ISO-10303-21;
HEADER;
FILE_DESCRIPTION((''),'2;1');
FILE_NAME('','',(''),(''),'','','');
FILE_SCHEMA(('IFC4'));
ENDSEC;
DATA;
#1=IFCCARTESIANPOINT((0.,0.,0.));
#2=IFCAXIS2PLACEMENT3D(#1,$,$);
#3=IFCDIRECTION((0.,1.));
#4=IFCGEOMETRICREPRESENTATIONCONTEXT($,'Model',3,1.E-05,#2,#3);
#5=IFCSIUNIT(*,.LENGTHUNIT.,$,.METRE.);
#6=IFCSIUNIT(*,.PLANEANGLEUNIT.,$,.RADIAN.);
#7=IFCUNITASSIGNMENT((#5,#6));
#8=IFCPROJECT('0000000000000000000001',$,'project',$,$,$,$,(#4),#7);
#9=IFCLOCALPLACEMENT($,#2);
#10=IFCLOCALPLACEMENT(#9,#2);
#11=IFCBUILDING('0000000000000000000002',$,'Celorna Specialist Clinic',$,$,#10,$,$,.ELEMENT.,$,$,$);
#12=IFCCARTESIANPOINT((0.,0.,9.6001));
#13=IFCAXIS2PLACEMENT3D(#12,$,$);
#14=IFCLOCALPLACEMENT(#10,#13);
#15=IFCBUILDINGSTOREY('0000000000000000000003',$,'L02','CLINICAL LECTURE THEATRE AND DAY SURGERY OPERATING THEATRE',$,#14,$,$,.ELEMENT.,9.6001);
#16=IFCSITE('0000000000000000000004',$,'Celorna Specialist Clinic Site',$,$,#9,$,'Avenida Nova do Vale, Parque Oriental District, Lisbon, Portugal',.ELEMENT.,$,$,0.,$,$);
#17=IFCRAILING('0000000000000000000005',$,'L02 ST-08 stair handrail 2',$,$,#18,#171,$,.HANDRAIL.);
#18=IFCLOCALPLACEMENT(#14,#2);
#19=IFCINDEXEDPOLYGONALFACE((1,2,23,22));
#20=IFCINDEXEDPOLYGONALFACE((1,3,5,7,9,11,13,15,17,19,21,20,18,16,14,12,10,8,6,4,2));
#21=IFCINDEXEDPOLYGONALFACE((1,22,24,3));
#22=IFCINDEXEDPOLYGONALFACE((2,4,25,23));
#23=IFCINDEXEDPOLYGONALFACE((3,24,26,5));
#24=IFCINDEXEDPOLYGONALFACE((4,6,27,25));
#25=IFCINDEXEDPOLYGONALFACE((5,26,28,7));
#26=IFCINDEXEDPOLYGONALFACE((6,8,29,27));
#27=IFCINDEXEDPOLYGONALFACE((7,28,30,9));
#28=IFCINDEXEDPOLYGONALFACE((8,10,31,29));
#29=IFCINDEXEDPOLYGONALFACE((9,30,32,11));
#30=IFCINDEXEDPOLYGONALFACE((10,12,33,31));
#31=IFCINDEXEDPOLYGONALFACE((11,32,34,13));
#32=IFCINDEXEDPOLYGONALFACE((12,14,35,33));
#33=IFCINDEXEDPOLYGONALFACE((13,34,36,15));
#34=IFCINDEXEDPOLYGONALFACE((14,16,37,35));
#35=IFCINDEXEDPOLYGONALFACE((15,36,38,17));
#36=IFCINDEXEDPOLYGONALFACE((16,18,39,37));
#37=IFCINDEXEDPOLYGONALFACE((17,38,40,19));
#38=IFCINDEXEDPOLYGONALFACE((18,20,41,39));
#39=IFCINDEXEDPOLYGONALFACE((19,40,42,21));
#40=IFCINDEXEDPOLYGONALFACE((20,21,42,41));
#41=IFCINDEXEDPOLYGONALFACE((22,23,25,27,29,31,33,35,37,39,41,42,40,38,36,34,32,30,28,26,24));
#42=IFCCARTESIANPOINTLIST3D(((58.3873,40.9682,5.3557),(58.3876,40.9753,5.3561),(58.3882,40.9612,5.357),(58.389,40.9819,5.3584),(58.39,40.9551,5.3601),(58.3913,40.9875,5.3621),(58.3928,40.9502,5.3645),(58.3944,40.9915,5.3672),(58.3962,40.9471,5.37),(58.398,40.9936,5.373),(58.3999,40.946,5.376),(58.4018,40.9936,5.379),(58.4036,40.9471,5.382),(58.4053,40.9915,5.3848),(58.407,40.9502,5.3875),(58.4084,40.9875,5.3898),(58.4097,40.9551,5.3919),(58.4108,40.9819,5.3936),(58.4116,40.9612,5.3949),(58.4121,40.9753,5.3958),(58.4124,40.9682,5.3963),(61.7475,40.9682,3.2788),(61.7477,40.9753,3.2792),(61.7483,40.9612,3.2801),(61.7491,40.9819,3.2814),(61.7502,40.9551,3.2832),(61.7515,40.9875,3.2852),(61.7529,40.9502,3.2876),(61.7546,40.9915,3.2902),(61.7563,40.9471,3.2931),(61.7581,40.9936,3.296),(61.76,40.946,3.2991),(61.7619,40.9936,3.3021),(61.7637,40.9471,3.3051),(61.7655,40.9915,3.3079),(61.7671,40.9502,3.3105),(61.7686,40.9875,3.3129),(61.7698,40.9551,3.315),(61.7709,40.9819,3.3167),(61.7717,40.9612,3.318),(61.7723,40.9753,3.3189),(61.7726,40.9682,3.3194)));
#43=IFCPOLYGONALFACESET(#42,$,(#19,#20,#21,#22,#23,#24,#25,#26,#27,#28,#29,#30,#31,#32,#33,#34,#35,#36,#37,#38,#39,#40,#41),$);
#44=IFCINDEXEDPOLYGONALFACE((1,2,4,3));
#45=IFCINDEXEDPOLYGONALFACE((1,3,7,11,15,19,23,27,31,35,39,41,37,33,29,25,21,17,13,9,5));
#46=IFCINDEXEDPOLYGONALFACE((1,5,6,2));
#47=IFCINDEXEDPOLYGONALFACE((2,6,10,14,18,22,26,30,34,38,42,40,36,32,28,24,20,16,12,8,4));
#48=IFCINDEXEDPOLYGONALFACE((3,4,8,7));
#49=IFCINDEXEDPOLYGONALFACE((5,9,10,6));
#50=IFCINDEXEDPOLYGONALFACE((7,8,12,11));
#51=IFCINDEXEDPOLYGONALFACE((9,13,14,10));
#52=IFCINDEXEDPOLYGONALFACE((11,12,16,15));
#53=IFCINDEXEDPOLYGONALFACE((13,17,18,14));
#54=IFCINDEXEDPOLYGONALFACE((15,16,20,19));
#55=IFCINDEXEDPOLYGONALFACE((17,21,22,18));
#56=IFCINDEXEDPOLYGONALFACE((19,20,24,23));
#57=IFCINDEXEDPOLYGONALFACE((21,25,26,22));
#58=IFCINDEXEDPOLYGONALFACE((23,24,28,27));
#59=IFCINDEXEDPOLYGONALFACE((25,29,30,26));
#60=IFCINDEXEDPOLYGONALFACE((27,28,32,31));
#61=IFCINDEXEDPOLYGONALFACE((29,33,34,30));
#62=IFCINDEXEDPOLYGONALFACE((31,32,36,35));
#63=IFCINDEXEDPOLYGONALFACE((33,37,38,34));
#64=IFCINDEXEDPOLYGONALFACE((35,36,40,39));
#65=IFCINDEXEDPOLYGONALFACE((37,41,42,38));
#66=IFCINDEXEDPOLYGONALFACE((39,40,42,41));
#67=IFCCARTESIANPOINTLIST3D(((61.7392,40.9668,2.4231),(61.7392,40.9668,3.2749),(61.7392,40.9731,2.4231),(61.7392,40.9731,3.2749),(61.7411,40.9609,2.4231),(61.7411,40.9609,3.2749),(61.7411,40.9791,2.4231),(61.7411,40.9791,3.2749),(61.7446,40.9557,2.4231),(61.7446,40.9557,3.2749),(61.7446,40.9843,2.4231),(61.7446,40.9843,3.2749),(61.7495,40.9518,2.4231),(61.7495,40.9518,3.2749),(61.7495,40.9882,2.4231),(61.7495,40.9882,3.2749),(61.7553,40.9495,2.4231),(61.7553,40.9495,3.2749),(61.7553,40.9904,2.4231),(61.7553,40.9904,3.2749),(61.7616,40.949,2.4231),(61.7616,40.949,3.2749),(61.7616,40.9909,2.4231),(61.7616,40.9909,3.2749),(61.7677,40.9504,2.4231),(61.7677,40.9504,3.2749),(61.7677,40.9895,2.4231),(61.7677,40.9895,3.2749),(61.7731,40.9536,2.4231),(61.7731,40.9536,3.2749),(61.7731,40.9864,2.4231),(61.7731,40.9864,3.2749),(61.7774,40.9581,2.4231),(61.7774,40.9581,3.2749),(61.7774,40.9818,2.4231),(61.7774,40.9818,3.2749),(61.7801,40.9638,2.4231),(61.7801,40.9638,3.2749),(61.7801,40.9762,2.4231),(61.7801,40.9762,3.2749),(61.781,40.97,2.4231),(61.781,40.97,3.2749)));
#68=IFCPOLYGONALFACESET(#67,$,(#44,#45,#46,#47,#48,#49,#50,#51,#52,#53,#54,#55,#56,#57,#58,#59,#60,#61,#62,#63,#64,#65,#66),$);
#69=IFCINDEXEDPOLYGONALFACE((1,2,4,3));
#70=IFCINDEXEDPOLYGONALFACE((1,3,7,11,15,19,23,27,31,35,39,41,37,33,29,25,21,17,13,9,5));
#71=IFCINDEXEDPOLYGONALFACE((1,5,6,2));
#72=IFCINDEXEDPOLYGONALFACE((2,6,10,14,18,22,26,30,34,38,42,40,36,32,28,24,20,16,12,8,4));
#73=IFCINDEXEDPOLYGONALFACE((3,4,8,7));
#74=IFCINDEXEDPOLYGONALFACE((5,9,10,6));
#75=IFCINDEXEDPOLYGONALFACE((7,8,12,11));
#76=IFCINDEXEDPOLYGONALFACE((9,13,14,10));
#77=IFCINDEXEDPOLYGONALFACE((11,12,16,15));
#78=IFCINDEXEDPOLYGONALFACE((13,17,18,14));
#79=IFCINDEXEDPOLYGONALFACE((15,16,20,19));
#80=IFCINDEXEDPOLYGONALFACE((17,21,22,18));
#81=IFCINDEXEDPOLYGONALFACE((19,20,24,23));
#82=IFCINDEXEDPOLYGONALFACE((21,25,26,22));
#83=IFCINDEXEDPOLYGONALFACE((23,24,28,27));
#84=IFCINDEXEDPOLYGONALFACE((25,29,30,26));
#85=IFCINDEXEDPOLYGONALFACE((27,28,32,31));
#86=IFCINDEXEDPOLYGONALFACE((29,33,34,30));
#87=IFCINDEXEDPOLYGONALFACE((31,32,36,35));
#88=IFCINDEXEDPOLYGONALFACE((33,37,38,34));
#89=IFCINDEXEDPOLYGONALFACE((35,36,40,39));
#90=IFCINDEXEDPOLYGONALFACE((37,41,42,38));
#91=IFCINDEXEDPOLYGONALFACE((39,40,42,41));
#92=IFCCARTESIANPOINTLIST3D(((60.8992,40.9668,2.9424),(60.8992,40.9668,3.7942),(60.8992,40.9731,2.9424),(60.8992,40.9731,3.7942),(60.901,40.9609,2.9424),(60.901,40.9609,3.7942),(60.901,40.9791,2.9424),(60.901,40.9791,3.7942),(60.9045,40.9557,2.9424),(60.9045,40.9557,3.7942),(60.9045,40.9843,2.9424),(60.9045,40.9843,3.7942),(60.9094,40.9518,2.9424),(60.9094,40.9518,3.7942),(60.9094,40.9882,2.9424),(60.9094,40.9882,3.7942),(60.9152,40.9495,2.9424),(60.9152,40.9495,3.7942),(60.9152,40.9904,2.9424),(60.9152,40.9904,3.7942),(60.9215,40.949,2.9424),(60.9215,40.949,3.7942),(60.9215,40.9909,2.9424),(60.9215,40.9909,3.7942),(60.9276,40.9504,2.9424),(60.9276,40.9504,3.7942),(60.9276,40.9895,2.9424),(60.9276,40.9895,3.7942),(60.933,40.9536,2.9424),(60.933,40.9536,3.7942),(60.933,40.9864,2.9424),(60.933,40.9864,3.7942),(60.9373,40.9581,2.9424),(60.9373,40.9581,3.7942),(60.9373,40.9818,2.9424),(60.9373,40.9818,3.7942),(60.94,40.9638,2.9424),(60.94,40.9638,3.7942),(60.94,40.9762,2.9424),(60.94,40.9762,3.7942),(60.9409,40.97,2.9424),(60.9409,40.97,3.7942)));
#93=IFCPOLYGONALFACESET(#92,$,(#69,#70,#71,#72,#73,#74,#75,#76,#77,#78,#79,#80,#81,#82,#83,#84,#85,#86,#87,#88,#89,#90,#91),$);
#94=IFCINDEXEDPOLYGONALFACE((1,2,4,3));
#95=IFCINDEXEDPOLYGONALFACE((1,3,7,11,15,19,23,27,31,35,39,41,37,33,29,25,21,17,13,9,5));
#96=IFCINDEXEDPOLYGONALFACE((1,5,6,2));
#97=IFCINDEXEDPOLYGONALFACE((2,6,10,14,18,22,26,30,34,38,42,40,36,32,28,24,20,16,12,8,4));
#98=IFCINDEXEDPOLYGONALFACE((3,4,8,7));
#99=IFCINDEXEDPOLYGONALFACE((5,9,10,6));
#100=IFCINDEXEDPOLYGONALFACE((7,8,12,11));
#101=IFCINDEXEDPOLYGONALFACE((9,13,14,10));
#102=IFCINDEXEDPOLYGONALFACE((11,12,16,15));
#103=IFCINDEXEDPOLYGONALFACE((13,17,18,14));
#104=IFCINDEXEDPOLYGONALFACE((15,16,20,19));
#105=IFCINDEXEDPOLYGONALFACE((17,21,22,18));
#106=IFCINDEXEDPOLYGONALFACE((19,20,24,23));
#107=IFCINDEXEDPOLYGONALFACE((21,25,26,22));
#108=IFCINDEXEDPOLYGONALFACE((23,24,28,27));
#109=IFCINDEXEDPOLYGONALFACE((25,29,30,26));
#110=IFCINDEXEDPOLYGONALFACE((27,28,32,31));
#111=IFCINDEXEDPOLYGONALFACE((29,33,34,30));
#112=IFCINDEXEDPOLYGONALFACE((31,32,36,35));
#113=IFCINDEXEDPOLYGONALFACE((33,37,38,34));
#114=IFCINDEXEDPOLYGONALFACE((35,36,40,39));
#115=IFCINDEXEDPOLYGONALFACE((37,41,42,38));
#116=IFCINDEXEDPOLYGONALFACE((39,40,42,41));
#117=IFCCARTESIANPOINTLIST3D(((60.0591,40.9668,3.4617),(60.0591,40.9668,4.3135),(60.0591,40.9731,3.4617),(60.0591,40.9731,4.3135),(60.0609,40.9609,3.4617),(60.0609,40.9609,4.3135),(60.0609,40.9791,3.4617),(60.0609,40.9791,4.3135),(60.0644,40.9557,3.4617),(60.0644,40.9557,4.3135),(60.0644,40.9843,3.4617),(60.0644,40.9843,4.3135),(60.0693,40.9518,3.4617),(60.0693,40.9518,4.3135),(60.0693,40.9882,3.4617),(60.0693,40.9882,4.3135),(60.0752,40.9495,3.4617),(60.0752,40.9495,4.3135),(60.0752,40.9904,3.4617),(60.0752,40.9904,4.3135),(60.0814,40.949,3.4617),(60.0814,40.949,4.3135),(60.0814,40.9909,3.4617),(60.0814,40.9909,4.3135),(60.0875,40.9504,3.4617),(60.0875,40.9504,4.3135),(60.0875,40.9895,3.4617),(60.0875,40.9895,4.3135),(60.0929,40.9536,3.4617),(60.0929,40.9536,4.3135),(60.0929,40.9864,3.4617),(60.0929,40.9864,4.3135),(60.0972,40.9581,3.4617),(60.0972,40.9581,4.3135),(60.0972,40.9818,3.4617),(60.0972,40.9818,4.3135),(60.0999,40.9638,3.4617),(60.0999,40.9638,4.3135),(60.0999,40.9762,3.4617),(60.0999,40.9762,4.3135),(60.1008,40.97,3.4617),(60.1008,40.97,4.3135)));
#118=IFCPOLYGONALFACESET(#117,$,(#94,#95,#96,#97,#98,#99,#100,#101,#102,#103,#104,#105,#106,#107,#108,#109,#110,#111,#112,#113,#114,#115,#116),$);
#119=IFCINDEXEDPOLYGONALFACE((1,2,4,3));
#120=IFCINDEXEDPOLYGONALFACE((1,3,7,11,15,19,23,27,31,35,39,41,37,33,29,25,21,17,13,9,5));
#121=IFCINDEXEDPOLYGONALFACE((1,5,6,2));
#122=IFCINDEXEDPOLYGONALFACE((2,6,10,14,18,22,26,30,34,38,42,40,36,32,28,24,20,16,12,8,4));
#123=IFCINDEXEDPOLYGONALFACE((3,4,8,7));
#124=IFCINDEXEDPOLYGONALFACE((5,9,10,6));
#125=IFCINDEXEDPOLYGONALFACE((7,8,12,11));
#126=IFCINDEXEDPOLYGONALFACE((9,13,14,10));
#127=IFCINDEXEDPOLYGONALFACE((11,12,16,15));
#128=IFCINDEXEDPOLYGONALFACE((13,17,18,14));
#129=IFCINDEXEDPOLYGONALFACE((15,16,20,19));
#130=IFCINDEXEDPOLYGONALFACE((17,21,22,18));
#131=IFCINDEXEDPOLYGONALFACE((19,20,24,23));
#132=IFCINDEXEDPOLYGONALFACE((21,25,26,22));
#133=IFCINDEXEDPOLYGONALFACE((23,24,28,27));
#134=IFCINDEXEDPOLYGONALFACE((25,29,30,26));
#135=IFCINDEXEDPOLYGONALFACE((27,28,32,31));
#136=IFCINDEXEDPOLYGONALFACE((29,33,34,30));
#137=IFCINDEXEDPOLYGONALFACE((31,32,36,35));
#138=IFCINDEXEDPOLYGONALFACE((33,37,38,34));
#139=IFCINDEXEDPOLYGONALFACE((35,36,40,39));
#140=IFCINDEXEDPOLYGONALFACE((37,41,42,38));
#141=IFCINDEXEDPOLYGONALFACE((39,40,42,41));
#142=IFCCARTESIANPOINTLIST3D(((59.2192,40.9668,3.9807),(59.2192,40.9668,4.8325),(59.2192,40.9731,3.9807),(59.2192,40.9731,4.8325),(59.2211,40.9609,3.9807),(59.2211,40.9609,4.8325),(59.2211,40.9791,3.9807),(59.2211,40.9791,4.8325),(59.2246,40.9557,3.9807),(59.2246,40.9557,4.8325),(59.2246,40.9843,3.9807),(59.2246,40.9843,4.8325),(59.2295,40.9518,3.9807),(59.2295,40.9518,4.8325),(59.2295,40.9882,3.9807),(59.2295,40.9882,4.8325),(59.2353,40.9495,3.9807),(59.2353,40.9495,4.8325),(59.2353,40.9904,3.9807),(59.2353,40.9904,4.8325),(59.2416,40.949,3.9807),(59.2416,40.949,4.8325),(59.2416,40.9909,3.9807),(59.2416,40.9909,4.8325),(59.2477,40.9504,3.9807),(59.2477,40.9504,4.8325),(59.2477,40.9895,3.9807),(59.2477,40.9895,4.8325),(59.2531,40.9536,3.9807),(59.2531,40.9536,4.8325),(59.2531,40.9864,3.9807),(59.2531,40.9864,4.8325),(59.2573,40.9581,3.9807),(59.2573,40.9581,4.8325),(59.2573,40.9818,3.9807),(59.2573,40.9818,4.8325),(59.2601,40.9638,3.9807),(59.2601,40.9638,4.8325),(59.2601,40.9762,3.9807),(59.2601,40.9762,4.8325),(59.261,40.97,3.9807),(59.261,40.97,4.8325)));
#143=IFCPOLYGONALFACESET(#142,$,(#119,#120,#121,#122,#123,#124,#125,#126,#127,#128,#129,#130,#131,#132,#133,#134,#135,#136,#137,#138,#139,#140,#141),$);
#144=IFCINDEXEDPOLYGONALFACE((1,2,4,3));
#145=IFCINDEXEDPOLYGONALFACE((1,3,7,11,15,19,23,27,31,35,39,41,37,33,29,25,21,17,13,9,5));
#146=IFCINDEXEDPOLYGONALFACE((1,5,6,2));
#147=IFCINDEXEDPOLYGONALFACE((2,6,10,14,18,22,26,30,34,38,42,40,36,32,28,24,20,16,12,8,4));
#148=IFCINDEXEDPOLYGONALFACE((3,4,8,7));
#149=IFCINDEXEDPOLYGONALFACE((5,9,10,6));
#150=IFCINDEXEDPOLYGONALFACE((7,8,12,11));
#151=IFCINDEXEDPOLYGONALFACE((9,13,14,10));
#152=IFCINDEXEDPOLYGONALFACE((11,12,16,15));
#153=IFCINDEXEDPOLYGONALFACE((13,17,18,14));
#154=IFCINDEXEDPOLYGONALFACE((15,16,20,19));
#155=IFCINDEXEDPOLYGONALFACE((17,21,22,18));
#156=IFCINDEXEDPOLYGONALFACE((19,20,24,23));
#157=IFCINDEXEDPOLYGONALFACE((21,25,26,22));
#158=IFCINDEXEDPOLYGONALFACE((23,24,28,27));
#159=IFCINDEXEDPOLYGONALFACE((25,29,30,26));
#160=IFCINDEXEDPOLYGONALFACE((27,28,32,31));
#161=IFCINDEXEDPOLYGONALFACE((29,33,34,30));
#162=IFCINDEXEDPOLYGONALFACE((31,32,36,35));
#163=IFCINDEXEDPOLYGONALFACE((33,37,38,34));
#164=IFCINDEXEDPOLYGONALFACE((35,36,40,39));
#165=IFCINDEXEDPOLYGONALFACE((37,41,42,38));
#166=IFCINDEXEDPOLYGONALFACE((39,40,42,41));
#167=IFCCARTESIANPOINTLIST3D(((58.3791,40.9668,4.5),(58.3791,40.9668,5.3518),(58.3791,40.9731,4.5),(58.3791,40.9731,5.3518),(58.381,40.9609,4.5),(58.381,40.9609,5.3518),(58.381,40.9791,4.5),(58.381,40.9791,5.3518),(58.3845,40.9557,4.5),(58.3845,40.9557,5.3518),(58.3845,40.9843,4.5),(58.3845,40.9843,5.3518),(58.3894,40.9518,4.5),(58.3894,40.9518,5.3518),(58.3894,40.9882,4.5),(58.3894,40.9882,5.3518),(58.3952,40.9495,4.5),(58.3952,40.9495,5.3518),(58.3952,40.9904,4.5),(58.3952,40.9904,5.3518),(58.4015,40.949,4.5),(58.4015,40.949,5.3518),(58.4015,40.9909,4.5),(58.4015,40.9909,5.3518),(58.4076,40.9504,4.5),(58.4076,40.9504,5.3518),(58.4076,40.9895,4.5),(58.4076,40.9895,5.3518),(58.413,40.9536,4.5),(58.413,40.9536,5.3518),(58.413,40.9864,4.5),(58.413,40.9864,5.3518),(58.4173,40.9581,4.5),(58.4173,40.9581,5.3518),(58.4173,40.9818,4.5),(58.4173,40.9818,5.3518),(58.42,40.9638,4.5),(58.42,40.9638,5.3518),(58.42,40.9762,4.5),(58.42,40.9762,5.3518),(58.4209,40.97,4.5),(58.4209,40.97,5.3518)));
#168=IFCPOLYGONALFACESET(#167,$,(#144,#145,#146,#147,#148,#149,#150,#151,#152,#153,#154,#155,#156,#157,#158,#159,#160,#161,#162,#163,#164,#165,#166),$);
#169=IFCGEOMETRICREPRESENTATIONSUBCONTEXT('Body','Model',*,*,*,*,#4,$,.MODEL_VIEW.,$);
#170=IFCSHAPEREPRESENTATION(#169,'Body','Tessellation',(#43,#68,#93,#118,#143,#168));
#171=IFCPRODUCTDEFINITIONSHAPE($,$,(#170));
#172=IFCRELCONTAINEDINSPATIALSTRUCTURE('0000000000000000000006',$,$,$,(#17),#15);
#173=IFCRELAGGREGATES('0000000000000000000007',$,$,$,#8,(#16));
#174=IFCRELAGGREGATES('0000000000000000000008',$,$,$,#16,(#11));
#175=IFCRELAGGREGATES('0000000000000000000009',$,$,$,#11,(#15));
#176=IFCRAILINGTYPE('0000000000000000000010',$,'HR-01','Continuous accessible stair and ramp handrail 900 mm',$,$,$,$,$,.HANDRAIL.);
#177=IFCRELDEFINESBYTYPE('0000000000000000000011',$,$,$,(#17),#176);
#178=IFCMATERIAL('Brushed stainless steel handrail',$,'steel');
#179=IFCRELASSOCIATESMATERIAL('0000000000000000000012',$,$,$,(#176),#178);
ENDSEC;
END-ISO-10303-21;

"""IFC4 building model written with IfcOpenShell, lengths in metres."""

from ifc_helpers import new_model, si_unit, direction, frame, origin, origin_2d, place, context, subcontext, project, spatial, circle, extrude, material, type_object, element, save


model = new_model("IFC4")

# Units and contexts
model_context = context("Model", 3, precision=1e-05, world=origin(), true_north=direction((0.0, 1.0)))
body_context = subcontext(model_context, "Body", "Model", "MODEL_VIEW")
ifc_project = project(units=[si_unit("LENGTHUNIT", "METRE"), si_unit("PLANEANGLEUNIT", "RADIAN")], contexts=[model_context])

# Site, building, storey
site_placement = place(None, origin())
site = spatial("IfcSite", under=ifc_project, at=site_placement, Name="Celorna Specialist Clinic Site", LongName="Avenida Nova do Vale, Parque Oriental District, Lisbon, Portugal", CompositionType="ELEMENT", RefElevation=0.0)
building_placement = place(site_placement, origin())
building = spatial("IfcBuilding", under=site, at=building_placement, Name="Celorna Specialist Clinic", CompositionType="ELEMENT")
storey_placement = place(building_placement, frame((0.0, 0.0, 9.6001)))
storey = spatial("IfcBuildingStorey", under=building, at=storey_placement, Name="L02", Description="CLINICAL LECTURE THEATRE AND DAY SURGERY OPERATING THEATRE", CompositionType="ELEMENT", Elevation=9.6001)

# Railing
ifc_material_1 = material(Name="Brushed stainless steel handrail", Category="steel")
railing_type_1 = type_object("IfcRailingType", Name="HR-01", Description="Continuous accessible stair and ramp handrail 900 mm", PredefinedType="HANDRAIL", material=ifc_material_1)
railing_1_placement = place(storey_placement, frame((61.76, 40.97, 2.4231)))
element("IfcRailing", 1, at=railing_1_placement, inside=storey, type_object=railing_type_1, Name="L02 ST-08 stair handrail 2", PredefinedType="HANDRAIL", context=body_context, shape_type="SweptSolid", body=[
    extrude(circle(Radius=0.0239, at=origin_2d()), frame((0.0, 0.0, 0.876), z_axis=(-0.850623, 0.0, 0.525776), x_axis=(0.0, -1.0, 0.0)), (0.0, 0.0, 1.0), 3.9502),
    extrude(circle(Radius=0.021, at=origin_2d()), origin(), (0.0, 0.0, 1.0), 0.8518),
    extrude(circle(Radius=0.021, at=origin_2d()), frame((-0.8401, 0.0, 0.5193)), (0.0, 0.0, 1.0), 0.8518),
    extrude(circle(Radius=0.021, at=origin_2d()), frame((-1.6802, 0.0, 1.0386)), (0.0, 0.0, 1.0), 0.8518),
    extrude(circle(Radius=0.021, at=origin_2d()), frame((-2.52, 0.0, 1.5576)), (0.0, 0.0, 1.0), 0.8518),
    extrude(circle(Radius=0.021, at=origin_2d()), frame((-3.3601, 0.0, 2.0769)), (0.0, 0.0, 1.0), 0.8518),
])

save(model, "model.ifc")
